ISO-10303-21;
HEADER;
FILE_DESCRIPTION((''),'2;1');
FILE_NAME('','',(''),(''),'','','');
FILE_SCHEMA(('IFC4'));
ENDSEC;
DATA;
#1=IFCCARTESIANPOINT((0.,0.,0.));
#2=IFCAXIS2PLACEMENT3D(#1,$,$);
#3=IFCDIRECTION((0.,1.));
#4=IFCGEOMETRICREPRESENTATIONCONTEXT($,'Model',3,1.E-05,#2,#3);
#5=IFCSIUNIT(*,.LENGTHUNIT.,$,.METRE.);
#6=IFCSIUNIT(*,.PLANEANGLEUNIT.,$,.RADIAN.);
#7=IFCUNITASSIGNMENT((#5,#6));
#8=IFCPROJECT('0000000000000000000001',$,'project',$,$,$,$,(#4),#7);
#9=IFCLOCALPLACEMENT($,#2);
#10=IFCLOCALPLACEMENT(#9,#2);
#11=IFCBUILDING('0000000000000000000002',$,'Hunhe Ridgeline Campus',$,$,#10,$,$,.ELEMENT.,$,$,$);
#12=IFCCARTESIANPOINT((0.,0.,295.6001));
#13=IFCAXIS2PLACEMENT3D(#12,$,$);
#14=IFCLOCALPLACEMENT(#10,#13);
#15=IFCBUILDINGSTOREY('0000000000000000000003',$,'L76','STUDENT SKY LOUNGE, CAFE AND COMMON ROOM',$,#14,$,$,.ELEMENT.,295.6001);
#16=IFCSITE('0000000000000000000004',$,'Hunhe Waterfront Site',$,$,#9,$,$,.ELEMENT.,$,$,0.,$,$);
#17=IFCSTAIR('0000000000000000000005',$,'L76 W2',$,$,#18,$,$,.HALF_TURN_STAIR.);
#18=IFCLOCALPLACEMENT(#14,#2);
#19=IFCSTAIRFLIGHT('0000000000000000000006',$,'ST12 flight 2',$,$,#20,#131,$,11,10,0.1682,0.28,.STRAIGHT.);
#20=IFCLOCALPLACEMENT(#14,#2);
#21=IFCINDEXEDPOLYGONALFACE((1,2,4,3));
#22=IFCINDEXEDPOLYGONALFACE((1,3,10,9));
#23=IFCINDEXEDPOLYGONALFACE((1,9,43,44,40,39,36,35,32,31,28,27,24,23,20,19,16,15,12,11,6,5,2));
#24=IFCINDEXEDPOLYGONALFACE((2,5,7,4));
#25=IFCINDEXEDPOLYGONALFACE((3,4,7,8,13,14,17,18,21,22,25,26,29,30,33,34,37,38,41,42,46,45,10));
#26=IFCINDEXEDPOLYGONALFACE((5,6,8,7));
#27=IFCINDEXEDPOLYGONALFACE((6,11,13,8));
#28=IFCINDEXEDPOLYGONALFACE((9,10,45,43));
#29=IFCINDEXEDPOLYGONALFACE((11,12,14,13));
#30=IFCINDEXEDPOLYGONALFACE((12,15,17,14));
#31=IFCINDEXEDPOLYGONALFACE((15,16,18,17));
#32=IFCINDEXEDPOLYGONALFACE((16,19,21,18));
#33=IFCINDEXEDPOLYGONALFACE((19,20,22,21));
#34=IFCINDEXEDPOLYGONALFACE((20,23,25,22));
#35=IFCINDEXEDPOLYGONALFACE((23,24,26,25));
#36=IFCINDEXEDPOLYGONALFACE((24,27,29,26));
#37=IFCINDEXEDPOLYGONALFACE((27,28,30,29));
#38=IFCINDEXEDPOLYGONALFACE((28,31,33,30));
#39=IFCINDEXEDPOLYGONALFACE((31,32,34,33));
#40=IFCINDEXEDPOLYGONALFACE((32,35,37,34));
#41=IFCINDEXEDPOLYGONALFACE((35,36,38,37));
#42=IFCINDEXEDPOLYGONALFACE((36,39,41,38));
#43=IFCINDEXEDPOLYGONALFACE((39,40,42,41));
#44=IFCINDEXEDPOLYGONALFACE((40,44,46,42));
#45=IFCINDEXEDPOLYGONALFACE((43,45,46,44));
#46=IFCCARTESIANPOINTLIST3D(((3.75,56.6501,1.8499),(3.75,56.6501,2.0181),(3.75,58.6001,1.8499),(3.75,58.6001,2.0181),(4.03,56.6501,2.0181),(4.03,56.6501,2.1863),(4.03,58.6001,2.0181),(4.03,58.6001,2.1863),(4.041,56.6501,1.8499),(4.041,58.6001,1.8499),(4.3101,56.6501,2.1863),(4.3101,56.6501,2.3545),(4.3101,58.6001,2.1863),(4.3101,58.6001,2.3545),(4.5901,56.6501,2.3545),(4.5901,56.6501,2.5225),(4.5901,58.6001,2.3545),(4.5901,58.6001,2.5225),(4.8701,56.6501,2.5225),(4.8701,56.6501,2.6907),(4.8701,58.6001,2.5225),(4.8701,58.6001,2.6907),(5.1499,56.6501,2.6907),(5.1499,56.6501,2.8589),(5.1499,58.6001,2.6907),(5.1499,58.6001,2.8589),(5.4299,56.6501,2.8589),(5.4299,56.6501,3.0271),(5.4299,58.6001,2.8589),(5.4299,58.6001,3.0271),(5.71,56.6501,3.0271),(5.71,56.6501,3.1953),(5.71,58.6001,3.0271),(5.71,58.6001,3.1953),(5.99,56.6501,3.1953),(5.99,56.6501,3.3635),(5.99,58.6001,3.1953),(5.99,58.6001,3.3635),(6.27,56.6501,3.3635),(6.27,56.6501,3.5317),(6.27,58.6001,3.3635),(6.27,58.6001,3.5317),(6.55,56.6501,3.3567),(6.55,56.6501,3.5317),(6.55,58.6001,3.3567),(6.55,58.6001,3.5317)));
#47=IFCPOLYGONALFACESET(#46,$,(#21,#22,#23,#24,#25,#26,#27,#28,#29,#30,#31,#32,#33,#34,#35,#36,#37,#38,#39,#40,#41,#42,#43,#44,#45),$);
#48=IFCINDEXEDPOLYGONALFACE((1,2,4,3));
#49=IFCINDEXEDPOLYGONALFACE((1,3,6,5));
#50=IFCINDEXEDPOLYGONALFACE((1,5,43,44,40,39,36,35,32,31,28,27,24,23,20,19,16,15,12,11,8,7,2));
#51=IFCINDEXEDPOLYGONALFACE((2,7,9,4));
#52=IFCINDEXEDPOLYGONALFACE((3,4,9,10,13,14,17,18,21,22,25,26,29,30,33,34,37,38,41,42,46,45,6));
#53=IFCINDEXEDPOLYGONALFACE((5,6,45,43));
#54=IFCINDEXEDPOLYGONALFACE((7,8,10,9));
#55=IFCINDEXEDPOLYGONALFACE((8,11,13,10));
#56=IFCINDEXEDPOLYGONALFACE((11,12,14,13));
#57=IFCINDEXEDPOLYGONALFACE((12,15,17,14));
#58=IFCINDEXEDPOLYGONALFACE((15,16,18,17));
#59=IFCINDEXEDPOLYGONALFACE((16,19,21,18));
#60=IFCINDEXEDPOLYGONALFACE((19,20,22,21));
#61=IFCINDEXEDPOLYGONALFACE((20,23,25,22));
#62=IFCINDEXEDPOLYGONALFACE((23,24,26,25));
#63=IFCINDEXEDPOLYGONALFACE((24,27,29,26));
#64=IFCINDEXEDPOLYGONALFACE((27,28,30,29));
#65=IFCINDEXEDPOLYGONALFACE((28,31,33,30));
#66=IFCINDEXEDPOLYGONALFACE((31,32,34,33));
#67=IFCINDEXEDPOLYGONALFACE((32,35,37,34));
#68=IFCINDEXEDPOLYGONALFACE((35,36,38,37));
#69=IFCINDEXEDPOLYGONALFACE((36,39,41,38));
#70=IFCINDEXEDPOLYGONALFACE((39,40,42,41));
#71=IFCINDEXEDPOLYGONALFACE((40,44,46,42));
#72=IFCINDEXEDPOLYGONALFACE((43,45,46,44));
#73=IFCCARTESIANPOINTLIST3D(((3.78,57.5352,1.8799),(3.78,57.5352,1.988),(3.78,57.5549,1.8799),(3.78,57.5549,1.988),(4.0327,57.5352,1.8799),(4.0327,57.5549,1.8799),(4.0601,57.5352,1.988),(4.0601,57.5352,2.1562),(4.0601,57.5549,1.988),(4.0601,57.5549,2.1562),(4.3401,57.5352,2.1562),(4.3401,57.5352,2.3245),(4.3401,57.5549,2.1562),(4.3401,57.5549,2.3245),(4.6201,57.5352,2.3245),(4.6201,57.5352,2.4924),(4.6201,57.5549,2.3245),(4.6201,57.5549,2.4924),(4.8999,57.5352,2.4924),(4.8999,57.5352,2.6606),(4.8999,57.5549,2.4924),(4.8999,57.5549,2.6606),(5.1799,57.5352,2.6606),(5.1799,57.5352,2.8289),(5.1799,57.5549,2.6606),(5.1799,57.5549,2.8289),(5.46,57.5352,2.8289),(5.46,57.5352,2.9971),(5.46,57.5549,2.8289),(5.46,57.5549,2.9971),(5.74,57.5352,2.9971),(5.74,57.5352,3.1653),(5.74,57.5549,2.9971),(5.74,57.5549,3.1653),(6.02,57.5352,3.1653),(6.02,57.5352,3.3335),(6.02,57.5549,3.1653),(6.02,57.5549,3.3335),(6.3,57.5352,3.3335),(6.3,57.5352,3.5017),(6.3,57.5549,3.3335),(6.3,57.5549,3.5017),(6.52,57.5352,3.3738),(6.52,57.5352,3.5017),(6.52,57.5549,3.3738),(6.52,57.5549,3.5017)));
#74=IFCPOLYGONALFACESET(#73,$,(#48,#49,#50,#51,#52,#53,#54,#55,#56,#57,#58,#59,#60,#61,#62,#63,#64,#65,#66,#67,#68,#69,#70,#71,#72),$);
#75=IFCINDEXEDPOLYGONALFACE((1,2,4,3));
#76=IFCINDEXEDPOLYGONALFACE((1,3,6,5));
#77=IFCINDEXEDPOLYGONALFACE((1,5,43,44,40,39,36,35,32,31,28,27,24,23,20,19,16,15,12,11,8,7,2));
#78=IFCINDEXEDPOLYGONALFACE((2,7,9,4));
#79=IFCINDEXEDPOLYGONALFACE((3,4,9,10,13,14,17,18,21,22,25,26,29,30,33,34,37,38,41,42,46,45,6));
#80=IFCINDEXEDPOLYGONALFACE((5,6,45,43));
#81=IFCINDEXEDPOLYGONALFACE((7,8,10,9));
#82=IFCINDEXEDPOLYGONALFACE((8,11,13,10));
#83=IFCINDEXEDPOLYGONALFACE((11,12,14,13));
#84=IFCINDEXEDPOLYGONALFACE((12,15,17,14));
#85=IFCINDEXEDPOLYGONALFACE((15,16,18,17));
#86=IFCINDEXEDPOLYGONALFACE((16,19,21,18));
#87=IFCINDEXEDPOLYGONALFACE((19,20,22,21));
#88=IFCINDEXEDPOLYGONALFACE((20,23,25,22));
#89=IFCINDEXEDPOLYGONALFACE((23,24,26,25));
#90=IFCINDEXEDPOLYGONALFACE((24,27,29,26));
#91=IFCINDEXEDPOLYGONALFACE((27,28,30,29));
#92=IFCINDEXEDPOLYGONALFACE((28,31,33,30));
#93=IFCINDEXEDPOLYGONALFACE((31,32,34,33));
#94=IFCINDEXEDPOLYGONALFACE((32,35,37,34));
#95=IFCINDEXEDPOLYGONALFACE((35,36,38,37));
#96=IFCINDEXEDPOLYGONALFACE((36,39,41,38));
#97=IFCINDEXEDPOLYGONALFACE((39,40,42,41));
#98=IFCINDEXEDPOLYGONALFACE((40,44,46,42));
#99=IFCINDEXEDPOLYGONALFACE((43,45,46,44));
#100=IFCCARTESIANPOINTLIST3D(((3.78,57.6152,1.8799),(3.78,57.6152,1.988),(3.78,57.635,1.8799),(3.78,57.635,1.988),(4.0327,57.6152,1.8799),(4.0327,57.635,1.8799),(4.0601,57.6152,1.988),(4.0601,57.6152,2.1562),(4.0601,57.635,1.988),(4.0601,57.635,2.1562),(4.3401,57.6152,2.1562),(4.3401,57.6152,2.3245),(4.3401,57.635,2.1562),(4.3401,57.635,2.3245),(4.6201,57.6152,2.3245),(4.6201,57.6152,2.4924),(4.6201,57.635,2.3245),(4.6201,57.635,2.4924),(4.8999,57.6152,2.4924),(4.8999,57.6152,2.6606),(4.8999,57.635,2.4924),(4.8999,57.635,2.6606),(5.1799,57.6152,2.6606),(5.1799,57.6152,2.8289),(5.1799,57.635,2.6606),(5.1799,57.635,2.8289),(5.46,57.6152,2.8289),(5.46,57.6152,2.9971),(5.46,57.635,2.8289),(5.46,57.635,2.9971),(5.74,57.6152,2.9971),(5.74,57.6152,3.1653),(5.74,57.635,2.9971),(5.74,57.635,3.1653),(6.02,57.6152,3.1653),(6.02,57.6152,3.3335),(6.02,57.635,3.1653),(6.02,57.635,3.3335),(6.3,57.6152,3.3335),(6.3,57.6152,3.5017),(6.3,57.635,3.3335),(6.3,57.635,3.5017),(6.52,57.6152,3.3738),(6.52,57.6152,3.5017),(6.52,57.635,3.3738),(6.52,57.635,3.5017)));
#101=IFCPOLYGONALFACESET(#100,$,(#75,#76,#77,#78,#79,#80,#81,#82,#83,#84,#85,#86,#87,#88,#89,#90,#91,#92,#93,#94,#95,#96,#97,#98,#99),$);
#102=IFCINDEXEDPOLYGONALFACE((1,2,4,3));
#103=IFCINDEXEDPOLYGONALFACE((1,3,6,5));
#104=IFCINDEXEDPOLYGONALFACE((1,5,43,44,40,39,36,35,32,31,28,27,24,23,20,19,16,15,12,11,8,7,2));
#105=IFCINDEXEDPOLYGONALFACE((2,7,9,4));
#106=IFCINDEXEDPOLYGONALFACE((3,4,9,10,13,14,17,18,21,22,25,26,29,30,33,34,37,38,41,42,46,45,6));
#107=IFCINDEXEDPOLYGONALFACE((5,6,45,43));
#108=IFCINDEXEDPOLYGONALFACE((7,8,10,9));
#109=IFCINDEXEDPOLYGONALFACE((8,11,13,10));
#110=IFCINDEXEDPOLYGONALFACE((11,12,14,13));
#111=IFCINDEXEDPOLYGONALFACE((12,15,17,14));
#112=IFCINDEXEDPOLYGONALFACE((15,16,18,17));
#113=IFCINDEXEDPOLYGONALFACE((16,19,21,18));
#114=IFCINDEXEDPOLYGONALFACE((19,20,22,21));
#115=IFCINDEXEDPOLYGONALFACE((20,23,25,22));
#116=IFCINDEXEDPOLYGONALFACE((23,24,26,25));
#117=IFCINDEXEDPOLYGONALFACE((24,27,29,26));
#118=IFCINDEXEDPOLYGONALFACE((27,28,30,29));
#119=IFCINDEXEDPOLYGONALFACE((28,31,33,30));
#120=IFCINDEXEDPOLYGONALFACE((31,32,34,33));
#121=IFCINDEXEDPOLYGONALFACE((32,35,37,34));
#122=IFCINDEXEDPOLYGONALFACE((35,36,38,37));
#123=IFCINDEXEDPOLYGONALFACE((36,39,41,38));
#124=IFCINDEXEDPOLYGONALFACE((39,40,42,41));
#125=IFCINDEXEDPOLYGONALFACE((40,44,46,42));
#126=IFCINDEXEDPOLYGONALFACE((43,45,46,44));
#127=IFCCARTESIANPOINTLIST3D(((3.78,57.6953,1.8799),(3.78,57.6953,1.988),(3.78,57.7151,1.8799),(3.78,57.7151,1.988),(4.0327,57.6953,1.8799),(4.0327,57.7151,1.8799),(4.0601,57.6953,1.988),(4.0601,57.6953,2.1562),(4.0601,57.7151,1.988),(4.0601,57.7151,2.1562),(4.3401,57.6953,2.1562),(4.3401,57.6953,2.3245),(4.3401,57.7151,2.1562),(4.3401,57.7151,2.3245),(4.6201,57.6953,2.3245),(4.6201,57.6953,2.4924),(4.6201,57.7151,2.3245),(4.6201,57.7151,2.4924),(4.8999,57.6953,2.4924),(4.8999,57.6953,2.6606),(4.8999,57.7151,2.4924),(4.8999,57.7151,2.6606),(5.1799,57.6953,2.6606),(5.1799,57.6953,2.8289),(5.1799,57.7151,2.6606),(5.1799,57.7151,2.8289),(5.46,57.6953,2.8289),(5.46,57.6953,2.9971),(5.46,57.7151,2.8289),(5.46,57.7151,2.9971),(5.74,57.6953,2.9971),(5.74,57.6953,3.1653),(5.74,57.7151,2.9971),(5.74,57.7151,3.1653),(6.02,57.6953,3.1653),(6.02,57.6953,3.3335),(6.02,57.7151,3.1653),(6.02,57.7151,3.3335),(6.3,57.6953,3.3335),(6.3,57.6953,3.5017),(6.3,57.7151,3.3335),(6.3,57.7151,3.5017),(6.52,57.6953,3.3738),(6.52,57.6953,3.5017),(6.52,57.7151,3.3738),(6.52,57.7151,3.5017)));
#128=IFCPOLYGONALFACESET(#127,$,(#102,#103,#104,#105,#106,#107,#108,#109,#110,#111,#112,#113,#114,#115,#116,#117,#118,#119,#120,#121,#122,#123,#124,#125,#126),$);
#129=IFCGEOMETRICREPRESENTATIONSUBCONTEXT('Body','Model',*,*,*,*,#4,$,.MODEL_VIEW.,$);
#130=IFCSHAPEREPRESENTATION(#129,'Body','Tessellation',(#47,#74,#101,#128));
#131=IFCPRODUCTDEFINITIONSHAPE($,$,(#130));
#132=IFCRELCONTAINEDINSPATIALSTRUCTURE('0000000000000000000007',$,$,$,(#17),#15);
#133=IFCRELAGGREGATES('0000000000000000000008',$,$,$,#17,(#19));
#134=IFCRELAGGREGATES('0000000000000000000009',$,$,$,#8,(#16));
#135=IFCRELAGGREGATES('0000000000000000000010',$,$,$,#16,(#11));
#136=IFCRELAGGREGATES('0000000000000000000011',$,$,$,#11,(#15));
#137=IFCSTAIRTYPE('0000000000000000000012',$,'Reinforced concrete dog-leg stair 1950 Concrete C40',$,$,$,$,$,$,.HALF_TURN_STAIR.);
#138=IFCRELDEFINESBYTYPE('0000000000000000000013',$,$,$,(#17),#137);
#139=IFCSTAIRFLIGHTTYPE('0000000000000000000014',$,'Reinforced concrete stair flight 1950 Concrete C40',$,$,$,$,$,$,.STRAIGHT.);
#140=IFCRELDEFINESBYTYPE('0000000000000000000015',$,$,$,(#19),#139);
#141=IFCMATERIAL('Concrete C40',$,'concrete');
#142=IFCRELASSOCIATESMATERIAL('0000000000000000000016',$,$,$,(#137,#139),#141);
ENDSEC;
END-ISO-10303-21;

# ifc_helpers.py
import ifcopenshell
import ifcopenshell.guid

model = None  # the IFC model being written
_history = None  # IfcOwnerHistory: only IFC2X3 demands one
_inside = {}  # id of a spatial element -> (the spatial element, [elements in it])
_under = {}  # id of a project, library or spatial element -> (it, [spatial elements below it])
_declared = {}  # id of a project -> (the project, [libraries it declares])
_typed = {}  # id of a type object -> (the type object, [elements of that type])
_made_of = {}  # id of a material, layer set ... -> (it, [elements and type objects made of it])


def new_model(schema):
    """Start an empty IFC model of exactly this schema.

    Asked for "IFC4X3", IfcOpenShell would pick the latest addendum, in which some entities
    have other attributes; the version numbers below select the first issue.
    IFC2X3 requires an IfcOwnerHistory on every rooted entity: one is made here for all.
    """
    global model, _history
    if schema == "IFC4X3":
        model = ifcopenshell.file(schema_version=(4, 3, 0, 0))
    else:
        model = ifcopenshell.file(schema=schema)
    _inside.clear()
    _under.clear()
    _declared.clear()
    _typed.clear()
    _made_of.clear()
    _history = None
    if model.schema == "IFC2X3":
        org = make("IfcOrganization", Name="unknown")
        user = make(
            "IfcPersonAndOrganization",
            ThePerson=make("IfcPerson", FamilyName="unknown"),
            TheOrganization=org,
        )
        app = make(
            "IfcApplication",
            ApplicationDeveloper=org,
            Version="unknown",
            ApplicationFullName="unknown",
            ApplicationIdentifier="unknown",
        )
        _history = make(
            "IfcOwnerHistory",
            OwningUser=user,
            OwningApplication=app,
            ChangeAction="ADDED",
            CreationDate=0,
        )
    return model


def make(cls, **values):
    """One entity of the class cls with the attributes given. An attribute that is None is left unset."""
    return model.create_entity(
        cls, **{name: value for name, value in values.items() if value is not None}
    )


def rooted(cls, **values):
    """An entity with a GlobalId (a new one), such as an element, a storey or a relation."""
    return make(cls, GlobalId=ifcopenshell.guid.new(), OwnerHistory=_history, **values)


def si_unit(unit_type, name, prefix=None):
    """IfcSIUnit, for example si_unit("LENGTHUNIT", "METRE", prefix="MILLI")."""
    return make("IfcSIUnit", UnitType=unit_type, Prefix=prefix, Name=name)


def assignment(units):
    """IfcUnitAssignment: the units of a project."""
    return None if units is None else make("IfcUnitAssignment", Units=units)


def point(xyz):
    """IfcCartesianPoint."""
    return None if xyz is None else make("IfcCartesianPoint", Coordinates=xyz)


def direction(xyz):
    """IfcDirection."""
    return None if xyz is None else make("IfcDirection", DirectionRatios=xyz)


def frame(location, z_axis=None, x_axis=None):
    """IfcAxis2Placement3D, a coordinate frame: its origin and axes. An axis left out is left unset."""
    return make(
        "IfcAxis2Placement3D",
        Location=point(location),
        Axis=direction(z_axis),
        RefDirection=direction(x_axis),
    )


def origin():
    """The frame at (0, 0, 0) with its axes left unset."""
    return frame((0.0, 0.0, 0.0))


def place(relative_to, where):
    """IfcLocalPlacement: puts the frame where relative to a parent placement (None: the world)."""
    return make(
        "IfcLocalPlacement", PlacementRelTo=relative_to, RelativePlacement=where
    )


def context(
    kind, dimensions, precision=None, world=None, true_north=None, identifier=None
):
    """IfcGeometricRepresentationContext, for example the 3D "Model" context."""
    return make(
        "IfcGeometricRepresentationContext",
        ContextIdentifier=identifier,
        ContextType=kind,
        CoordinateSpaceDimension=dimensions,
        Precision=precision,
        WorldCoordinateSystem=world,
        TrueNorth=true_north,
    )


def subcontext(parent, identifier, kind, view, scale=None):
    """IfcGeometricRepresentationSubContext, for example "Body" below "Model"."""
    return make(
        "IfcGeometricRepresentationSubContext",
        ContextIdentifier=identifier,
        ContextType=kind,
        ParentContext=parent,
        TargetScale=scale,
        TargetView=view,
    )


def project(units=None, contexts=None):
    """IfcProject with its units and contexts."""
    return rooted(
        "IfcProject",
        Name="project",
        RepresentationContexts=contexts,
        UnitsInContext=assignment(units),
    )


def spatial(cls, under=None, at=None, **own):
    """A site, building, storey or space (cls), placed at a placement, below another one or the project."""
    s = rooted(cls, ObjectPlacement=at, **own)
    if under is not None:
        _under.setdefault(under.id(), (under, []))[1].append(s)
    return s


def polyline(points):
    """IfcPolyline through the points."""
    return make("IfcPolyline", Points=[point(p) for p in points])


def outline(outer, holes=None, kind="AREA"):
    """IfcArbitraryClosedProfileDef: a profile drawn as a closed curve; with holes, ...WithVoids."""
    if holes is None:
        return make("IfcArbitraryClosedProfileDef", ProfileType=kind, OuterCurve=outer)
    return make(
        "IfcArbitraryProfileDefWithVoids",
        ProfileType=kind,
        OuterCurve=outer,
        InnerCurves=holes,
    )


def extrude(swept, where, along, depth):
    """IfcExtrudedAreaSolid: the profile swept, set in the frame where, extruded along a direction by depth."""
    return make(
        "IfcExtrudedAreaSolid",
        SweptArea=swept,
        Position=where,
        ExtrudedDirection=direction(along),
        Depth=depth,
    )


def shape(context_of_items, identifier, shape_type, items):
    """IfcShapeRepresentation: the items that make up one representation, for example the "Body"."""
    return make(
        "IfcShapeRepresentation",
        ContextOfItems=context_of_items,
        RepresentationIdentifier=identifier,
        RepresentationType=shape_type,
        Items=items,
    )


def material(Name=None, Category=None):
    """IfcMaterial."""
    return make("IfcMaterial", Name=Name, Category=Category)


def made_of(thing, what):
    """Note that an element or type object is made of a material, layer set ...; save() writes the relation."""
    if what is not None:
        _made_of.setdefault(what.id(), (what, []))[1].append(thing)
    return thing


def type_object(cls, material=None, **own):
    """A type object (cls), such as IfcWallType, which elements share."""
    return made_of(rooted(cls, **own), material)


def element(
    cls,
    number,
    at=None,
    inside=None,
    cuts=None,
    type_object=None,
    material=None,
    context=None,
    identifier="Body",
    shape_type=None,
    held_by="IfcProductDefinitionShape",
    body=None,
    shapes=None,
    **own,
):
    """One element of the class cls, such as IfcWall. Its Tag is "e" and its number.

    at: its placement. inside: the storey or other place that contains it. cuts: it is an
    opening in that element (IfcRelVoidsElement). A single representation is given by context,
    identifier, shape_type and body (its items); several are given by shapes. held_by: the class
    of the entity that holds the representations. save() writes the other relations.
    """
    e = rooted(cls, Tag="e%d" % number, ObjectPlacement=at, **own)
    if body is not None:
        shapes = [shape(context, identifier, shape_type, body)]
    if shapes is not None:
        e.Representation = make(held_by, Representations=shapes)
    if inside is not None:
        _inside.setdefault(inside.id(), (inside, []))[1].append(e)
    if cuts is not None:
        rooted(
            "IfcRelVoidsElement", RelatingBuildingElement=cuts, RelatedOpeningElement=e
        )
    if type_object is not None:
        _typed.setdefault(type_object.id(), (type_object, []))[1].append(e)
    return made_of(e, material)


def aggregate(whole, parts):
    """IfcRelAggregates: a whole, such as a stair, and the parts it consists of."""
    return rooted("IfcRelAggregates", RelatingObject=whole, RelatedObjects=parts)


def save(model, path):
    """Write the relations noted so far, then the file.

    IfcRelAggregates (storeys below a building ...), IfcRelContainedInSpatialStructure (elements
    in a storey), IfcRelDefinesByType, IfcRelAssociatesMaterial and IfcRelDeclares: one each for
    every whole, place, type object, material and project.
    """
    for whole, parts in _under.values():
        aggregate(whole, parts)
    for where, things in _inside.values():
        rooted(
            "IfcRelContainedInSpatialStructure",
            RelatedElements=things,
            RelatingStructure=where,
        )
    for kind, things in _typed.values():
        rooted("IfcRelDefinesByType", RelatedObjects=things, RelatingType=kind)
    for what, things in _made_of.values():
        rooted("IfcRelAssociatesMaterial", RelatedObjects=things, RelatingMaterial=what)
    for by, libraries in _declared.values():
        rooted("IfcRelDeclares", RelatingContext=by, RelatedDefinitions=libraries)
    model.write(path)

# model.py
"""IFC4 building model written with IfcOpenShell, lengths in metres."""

from ifc_helpers import new_model, si_unit, direction, frame, origin, place, context, subcontext, project, spatial, polyline, outline, extrude, material, type_object, element, aggregate, save


model = new_model("IFC4")

# Units and contexts
model_context = context("Model", 3, precision=1e-05, world=origin(), true_north=direction((0.0, 1.0)))
body_context = subcontext(model_context, "Body", "Model", "MODEL_VIEW")
ifc_project = project(units=[si_unit("LENGTHUNIT", "METRE"), si_unit("PLANEANGLEUNIT", "RADIAN")], contexts=[model_context])

# Site, building, storey
site_placement = place(None, origin())
site = spatial("IfcSite", under=ifc_project, at=site_placement, Name="Hunhe Waterfront Site", CompositionType="ELEMENT", RefElevation=0.0)
building_placement = place(site_placement, origin())
building = spatial("IfcBuilding", under=site, at=building_placement, Name="Hunhe Ridgeline Campus", CompositionType="ELEMENT")
storey_placement = place(building_placement, frame((0.0, 0.0, 295.6001)))
storey = spatial("IfcBuildingStorey", under=building, at=storey_placement, Name="L76", Description="STUDENT SKY LOUNGE, CAFE AND COMMON ROOM", CompositionType="ELEMENT", Elevation=295.6001)

# Stair, stair flight
ifc_material_1 = material(Name="Concrete C40", Category="concrete")
stair_type = type_object("IfcStairType", Name="Reinforced concrete dog-leg stair 1950 Concrete C40", PredefinedType="HALF_TURN_STAIR", material=ifc_material_1)
stair_placement = place(storey_placement, origin())
stair = element("IfcStair", 1, at=stair_placement, inside=storey, type_object=stair_type, Name="L76 W2", PredefinedType="HALF_TURN_STAIR")
stair_flight_type = type_object("IfcStairFlightType", Name="Reinforced concrete stair flight 1950 Concrete C40", PredefinedType="STRAIGHT", material=ifc_material_1)
stair_flight_placement = place(storey_placement, frame((3.75, 57.625, 1.8499), z_axis=(0.0, 0.0, 1.0), x_axis=(1.0, 0.0, 0.0)))
stair_flight = element("IfcStairFlight", 2, at=stair_flight_placement, type_object=stair_flight_type, Name="ST12 flight 2", NumberOfRisers=11, NumberOfTreads=10, PredefinedType="STRAIGHT", RiserHeight=0.1682, TreadLength=0.28, context=body_context, shape_type="SweptSolid", body=[
    extrude(outline(polyline([(0.0, 0.0), (0.0, 0.1682), (0.28, 0.1682), (0.28, 0.3364), (0.5601, 0.3364), (0.5601, 0.5046), (0.8401, 0.5046), (0.8401, 0.6726), (1.1201, 0.6726), (1.1201, 0.8408), (1.3999, 0.8408), (1.3999, 1.009), (1.6799, 1.009), (1.6799, 1.1772), (1.96, 1.1772), (1.96, 1.3455), (2.24, 1.3455), (2.24, 1.5137), (2.52, 1.5137), (2.52, 1.6819), (2.8, 1.6819), (2.8, 1.8501), (2.8, 1.5068), (0.291, 0.0), (0.0, 0.0)])), frame((0.0, 0.9751, 0.0), z_axis=(0.0, -1.0, 0.0), x_axis=(1.0, 0.0, 0.0)), (0.0, 0.0, 1.0), 1.95),
    extrude(outline(polyline([(0.03, 0.03), (0.03, 0.1382), (0.3101, 0.1382), (0.3101, 0.3064), (0.5901, 0.3064), (0.5901, 0.4746), (0.8701, 0.4746), (0.8701, 0.6426), (1.1499, 0.6426), (1.1499, 0.8108), (1.4299, 0.8108), (1.4299, 0.979), (1.71, 0.979), (1.71, 1.1472), (1.99, 1.1472), (1.99, 1.3154), (2.27, 1.3154), (2.27, 1.4836), (2.55, 1.4836), (2.55, 1.6519), (2.77, 1.6519), (2.77, 1.5239), (0.2827, 0.03), (0.03, 0.03)])), frame((0.0, -0.0701, 0.0), z_axis=(0.0, -1.0, 0.0), x_axis=(1.0, 0.0, 0.0)), (0.0, 0.0, 1.0), 0.0198),
    extrude(outline(polyline([(0.03, 0.03), (0.03, 0.1382), (0.3101, 0.1382), (0.3101, 0.3064), (0.5901, 0.3064), (0.5901, 0.4746), (0.8701, 0.4746), (0.8701, 0.6426), (1.1499, 0.6426), (1.1499, 0.8108), (1.4299, 0.8108), (1.4299, 0.979), (1.71, 0.979), (1.71, 1.1472), (1.99, 1.1472), (1.99, 1.3154), (2.27, 1.3154), (2.27, 1.4836), (2.55, 1.4836), (2.55, 1.6519), (2.77, 1.6519), (2.77, 1.5239), (0.2827, 0.03), (0.03, 0.03)])), frame((0.0, 0.01, 0.0), z_axis=(0.0, -1.0, 0.0), x_axis=(1.0, 0.0, 0.0)), (0.0, 0.0, 1.0), 0.0198),
    extrude(outline(polyline([(0.03, 0.03), (0.03, 0.1382), (0.3101, 0.1382), (0.3101, 0.3064), (0.5901, 0.3064), (0.5901, 0.4746), (0.8701, 0.4746), (0.8701, 0.6426), (1.1499, 0.6426), (1.1499, 0.8108), (1.4299, 0.8108), (1.4299, 0.979), (1.71, 0.979), (1.71, 1.1472), (1.99, 1.1472), (1.99, 1.3154), (2.27, 1.3154), (2.27, 1.4836), (2.55, 1.4836), (2.55, 1.6519), (2.77, 1.6519), (2.77, 1.5239), (0.2827, 0.03), (0.03, 0.03)])), frame((0.0, 0.0901, 0.0), z_axis=(0.0, -1.0, 0.0), x_axis=(1.0, 0.0, 0.0)), (0.0, 0.0, 1.0), 0.0198),
])
aggregate(stair, [stair_flight])

save(model, "model.ifc")
